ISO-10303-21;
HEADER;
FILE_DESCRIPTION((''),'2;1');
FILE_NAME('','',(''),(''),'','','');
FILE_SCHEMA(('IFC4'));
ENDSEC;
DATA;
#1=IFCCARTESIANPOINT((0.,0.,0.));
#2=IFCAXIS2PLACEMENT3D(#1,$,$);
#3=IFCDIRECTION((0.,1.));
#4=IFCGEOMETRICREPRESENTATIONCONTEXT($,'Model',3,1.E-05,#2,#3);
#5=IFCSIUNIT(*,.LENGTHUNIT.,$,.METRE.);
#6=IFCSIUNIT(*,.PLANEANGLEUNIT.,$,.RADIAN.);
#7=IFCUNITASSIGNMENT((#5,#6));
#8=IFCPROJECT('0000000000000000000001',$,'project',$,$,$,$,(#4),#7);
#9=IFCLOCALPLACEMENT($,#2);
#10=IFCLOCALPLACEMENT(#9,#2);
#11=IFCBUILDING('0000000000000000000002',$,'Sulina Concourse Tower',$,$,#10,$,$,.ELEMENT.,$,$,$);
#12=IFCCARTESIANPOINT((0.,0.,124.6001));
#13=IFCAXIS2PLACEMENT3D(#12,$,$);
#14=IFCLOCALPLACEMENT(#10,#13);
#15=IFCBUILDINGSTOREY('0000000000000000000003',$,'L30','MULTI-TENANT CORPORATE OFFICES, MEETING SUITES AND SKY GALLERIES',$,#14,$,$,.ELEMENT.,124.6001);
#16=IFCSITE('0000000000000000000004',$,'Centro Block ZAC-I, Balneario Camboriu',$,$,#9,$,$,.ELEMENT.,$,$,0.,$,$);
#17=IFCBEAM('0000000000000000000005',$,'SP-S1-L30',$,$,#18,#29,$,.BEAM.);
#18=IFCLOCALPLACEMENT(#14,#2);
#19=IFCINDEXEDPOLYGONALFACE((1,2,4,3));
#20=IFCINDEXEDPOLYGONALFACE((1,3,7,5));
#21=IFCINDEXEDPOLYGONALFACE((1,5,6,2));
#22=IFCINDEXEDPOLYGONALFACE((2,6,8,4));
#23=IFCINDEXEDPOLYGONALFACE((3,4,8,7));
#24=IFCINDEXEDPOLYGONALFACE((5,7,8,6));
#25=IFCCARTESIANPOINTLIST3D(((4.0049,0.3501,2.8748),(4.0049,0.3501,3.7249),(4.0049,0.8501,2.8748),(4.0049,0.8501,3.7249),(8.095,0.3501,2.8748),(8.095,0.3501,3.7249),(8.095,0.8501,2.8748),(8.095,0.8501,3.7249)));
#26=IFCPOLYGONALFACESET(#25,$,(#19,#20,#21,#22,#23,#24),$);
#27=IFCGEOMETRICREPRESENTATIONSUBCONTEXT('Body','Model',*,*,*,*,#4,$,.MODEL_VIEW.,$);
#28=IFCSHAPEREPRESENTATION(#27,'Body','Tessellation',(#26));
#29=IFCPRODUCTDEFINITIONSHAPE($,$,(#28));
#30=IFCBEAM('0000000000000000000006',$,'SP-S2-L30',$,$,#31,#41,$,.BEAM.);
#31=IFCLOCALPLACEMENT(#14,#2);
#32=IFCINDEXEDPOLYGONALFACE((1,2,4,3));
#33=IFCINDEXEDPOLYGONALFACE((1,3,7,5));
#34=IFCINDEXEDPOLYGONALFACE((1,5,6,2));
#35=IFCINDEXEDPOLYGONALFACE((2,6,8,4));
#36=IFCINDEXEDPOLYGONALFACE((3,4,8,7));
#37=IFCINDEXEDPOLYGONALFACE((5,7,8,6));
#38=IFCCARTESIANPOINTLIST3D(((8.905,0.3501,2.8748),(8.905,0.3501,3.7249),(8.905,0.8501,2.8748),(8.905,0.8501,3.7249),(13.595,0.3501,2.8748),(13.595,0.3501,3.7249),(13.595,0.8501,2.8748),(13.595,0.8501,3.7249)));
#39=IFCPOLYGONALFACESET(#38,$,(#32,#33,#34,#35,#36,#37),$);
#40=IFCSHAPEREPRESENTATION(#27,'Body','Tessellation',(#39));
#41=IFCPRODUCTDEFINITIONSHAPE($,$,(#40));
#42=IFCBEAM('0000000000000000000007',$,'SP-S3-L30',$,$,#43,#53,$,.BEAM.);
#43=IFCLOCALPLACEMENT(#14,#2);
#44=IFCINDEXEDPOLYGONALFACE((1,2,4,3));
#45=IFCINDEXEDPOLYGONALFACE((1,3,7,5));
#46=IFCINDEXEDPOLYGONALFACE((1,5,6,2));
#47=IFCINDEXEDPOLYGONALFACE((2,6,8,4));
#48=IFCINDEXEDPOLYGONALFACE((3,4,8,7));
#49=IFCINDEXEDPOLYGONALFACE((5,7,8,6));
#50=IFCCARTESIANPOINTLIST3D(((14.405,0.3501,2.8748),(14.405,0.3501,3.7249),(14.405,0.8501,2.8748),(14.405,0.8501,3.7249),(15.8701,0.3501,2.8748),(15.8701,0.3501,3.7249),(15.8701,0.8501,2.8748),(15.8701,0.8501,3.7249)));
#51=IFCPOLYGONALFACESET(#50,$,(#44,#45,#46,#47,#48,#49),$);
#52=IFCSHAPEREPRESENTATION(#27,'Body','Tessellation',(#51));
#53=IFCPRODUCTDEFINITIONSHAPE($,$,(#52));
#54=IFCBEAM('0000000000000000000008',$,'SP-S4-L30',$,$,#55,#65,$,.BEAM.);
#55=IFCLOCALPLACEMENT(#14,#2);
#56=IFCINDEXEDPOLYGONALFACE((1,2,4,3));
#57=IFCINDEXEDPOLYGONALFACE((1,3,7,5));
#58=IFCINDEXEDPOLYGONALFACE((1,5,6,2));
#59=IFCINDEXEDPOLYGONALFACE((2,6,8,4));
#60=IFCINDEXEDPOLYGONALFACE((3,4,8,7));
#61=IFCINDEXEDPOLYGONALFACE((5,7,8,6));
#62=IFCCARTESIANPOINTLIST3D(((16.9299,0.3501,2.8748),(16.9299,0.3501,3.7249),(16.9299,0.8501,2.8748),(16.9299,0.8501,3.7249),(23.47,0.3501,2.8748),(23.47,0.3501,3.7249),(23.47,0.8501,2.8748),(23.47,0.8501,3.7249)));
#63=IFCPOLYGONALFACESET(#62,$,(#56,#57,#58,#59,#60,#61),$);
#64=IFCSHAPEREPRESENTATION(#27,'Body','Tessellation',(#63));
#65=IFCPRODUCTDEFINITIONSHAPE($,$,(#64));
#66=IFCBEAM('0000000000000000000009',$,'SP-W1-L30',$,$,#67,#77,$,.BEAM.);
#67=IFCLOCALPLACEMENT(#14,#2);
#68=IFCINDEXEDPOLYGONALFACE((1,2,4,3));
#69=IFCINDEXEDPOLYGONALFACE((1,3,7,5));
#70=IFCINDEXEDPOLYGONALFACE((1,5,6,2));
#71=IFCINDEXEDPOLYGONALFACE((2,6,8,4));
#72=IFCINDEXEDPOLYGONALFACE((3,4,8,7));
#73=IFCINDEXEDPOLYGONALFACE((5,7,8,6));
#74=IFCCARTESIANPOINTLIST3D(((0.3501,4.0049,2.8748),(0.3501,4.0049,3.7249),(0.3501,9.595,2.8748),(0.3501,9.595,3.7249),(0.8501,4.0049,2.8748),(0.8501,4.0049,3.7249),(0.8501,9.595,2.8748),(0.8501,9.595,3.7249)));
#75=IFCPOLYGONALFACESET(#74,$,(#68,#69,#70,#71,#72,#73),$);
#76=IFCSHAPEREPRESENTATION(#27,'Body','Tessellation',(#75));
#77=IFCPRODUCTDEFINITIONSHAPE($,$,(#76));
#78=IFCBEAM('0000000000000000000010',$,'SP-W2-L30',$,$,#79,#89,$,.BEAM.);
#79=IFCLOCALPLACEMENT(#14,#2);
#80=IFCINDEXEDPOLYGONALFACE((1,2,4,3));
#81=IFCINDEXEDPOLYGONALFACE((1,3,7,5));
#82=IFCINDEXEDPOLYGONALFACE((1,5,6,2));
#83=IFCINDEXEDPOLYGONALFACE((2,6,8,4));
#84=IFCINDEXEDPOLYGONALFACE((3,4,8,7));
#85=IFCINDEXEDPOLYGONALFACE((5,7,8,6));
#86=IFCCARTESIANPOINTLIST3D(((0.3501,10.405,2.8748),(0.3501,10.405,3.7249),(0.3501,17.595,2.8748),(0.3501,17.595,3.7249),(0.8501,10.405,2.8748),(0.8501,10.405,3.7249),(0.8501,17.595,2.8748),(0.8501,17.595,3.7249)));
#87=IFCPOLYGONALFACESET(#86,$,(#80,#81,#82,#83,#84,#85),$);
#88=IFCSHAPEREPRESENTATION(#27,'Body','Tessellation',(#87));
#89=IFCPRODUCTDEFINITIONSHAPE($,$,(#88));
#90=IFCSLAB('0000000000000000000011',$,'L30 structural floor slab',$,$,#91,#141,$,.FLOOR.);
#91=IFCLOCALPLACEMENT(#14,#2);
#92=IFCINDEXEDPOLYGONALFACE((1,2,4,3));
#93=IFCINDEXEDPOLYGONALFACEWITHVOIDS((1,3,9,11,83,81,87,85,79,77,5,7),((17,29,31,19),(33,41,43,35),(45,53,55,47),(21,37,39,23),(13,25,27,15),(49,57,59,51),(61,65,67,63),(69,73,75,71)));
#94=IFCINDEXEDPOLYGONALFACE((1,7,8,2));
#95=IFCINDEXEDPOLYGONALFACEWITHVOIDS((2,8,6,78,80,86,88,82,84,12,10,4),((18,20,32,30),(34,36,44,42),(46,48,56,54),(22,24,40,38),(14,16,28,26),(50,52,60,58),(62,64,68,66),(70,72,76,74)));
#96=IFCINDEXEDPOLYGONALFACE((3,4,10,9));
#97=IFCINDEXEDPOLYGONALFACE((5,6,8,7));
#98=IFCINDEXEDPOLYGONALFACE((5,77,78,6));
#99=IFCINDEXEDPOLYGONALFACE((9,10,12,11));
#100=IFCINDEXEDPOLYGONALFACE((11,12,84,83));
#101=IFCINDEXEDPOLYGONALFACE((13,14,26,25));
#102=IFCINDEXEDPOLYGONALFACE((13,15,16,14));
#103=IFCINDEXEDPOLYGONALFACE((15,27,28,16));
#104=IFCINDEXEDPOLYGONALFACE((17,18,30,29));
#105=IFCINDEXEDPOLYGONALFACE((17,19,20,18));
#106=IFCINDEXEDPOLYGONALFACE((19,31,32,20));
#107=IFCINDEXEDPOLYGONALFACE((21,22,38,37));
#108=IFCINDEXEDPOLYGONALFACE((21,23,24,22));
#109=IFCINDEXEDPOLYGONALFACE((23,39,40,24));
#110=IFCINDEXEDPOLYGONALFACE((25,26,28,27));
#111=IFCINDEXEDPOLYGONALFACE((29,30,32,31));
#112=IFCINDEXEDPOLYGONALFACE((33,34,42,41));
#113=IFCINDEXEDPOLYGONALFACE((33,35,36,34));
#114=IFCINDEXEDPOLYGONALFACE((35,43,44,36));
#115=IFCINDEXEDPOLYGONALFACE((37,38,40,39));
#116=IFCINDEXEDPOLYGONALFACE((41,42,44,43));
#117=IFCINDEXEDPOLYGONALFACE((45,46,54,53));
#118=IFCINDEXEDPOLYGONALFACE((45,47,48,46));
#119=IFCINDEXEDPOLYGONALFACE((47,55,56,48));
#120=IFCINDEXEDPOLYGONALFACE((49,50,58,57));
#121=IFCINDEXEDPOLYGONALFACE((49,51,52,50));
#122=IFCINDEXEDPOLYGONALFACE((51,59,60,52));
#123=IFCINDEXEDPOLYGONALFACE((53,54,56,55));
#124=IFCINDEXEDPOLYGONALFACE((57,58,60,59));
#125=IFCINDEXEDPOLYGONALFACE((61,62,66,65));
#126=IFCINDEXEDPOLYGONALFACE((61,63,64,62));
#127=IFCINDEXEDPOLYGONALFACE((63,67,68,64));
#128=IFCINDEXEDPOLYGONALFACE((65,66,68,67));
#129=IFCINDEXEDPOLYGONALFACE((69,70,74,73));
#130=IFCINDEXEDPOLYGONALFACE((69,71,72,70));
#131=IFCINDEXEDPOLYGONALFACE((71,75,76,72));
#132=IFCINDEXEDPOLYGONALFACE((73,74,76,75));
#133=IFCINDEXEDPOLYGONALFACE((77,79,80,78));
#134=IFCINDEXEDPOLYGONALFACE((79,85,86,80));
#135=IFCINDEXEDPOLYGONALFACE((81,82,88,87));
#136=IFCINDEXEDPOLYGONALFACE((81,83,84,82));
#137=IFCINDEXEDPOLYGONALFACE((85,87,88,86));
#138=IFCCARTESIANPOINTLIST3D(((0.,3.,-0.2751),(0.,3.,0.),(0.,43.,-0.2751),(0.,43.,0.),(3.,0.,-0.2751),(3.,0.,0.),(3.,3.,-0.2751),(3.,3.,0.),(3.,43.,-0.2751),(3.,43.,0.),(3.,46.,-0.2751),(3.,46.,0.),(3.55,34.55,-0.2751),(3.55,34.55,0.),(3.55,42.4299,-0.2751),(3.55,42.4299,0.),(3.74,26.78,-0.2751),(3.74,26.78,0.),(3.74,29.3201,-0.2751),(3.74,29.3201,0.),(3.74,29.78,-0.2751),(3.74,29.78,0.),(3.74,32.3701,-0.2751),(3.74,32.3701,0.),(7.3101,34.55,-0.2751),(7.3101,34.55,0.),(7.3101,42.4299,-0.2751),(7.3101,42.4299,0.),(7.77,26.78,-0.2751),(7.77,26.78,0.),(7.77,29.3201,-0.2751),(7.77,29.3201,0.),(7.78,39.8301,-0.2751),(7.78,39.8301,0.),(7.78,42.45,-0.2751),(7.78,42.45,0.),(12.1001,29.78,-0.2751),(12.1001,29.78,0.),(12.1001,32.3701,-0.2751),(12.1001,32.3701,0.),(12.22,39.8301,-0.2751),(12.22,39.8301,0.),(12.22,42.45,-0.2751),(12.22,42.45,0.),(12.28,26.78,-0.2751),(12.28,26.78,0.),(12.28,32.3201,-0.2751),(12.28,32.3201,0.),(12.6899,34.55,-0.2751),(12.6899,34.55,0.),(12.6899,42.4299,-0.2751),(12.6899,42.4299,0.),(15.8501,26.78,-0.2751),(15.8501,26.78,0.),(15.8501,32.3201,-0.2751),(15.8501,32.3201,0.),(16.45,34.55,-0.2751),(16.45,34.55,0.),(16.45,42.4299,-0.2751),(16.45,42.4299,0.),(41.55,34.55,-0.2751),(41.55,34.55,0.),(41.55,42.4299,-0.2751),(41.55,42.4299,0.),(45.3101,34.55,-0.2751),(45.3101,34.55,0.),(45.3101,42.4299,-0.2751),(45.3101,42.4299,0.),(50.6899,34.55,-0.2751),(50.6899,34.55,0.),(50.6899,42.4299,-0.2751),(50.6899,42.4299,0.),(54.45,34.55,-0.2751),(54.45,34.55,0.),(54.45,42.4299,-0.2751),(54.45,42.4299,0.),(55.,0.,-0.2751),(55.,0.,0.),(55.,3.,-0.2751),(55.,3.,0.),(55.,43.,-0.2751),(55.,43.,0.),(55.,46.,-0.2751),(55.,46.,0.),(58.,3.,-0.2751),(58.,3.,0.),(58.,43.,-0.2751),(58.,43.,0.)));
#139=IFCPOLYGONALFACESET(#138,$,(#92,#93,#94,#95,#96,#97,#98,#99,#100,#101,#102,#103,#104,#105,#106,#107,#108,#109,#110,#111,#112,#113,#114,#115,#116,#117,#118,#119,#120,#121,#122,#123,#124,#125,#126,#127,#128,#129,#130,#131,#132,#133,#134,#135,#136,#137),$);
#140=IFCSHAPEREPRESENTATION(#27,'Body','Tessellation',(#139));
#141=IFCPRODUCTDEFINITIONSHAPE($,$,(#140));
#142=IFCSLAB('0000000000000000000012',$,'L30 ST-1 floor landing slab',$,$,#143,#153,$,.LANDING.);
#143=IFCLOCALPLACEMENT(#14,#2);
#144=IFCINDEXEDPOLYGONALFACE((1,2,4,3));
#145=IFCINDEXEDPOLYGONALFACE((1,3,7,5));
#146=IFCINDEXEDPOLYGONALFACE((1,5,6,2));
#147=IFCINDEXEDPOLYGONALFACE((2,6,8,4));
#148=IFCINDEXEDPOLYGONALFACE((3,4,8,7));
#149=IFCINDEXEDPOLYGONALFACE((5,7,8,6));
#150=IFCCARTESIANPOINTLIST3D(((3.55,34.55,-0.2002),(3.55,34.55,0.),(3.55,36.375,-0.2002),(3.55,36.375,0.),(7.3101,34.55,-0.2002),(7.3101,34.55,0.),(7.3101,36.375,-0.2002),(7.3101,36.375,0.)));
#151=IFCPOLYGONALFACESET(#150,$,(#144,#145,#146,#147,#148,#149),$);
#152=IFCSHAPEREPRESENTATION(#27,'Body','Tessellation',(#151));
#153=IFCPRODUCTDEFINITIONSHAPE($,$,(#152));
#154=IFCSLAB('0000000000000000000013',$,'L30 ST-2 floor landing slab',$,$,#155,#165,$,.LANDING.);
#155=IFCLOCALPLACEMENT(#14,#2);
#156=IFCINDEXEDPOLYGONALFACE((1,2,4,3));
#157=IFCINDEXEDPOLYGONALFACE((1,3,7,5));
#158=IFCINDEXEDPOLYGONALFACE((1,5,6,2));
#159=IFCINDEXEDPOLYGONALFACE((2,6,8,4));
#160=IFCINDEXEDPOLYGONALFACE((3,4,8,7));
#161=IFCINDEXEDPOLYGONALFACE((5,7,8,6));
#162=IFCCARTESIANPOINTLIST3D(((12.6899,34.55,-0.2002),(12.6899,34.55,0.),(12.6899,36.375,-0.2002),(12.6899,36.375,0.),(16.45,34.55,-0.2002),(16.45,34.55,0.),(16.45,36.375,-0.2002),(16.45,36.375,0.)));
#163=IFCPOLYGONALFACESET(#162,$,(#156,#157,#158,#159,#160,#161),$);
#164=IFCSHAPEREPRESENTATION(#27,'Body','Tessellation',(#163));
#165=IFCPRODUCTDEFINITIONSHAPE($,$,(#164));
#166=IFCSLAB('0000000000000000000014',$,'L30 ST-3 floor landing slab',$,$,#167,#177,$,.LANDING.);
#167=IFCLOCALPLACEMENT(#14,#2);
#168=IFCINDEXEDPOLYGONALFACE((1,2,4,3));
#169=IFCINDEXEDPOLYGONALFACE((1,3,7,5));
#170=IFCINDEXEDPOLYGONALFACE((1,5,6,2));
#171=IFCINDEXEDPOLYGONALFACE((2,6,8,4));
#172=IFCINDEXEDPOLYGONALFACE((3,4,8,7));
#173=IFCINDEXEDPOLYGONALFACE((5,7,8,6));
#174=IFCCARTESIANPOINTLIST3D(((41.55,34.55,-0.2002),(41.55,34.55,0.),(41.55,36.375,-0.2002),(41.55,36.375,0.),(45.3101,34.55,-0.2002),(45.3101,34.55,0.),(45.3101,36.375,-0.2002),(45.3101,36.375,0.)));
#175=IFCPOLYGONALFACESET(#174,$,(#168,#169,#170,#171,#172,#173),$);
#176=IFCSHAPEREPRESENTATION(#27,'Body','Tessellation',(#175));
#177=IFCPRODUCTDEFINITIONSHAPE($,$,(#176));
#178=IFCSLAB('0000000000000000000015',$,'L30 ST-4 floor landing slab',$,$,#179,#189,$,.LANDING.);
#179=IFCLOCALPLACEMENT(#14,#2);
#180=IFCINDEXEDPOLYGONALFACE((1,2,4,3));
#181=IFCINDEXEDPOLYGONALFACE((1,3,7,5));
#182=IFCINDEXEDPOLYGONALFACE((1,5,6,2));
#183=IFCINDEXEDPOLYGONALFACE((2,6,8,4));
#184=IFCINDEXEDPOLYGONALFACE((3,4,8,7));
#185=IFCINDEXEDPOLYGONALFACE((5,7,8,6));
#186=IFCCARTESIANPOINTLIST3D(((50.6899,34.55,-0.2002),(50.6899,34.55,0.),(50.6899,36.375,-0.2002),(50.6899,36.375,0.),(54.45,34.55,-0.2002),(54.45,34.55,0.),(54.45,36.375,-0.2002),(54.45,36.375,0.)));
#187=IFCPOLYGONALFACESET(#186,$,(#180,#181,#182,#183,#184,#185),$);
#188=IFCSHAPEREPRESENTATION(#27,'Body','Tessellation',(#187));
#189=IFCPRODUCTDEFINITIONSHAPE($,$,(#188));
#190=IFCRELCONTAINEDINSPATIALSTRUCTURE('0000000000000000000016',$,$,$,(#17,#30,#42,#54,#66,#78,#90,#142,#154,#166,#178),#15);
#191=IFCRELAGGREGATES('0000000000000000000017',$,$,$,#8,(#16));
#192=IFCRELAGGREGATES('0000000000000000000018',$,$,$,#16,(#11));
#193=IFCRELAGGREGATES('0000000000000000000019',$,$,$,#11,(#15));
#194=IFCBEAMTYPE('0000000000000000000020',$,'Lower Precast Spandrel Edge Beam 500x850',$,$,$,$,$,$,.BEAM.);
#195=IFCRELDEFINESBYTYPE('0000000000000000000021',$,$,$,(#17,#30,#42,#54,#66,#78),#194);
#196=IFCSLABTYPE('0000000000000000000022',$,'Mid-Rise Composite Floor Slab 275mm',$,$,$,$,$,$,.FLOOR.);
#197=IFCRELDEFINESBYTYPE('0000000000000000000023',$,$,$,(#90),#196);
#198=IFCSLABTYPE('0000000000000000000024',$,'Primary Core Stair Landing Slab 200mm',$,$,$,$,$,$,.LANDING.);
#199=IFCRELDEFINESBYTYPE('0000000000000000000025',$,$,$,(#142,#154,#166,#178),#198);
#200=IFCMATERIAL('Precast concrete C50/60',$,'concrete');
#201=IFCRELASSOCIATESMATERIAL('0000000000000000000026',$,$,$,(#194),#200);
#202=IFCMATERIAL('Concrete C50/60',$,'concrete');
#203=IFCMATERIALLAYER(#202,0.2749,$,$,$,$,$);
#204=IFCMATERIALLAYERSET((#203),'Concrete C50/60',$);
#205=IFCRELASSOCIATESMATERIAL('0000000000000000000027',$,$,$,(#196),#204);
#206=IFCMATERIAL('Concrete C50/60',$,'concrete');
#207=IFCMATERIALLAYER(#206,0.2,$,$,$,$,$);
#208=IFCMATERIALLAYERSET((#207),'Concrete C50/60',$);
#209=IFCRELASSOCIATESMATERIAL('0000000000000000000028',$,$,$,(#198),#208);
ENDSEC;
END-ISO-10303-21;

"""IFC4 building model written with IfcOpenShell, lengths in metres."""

from ifc_helpers import new_model, si_unit, direction, frame, origin, origin_2d, place, context, subcontext, project, spatial, polyline, rectangle, outline, extrude, material, layer, layer_set, material_profile, profile_set, type_object, element, save


model = new_model("IFC4")

# Units and contexts
model_context = context("Model", 3, precision=1e-05, world=origin(), true_north=direction((0.0, 1.0)))
body_context = subcontext(model_context, "Body", "Model", "MODEL_VIEW")
ifc_project = project(units=[si_unit("LENGTHUNIT", "METRE"), si_unit("PLANEANGLEUNIT", "RADIAN")], contexts=[model_context])

# Site, building, storey
site_placement = place(None, origin())
site = spatial("IfcSite", under=ifc_project, at=site_placement, Name="Centro Block ZAC-I, Balneario Camboriu", CompositionType="ELEMENT", RefElevation=0.0)
building_placement = place(site_placement, origin())
building = spatial("IfcBuilding", under=site, at=building_placement, Name="Sulina Concourse Tower", CompositionType="ELEMENT")
storey_placement = place(building_placement, frame((0.0, 0.0, 124.6001)))
storey = spatial("IfcBuildingStorey", under=building, at=storey_placement, Name="L30", Description="MULTI-TENANT CORPORATE OFFICES, MEETING SUITES AND SKY GALLERIES", CompositionType="ELEMENT", Elevation=124.6001)

# Beams
ifc_material_1 = material(Name="Precast concrete C50/60", Category="concrete")
ifc_material_profile_1 = material_profile(ifc_material_1, rectangle(XDim=0.5, YDim=0.8501, at=origin_2d()), Name="RC 500x850")
ifc_profile_set_1 = profile_set([ifc_material_profile_1], Name="Precast concrete C50/60")
beam_type_1 = type_object("IfcBeamType", Name="Lower Precast Spandrel Edge Beam 500x850", PredefinedType="BEAM", material=ifc_profile_set_1)
beam_1_placement = place(storey_placement, frame((4.0049, 0.6001, 3.2998), z_axis=(1.0, 0.0, 0.0), x_axis=(0.0, 1.0, 0.0)))
element("IfcBeam", 1, at=beam_1_placement, inside=storey, type_object=beam_type_1, Name="SP-S1-L30", PredefinedType="BEAM", context=body_context, shape_type="SweptSolid", body=[
    extrude(rectangle(XDim=0.5, YDim=0.8501, at=origin_2d()), origin(), (0.0, 0.0, 1.0), 4.0901),
])
beam_2_placement = place(storey_placement, frame((8.905, 0.6001, 3.2998), z_axis=(1.0, 0.0, 0.0), x_axis=(0.0, 1.0, 0.0)))
element("IfcBeam", 2, at=beam_2_placement, inside=storey, type_object=beam_type_1, Name="SP-S2-L30", PredefinedType="BEAM", context=body_context, shape_type="SweptSolid", body=[
    extrude(rectangle(XDim=0.5, YDim=0.8501, at=origin_2d()), origin(), (0.0, 0.0, 1.0), 4.6899),
])
beam_3_placement = place(storey_placement, frame((14.405, 0.6001, 3.2998), z_axis=(1.0, 0.0, 0.0), x_axis=(0.0, 1.0, 0.0)))
element("IfcBeam", 3, at=beam_3_placement, inside=storey, type_object=beam_type_1, Name="SP-S3-L30", PredefinedType="BEAM", context=body_context, shape_type="SweptSolid", body=[
    extrude(rectangle(XDim=0.5, YDim=0.8501, at=origin_2d()), origin(), (0.0, 0.0, 1.0), 1.4651),
])
beam_4_placement = place(storey_placement, frame((16.9299, 0.6001, 3.2998), z_axis=(1.0, 0.0, 0.0), x_axis=(0.0, 1.0, 0.0)))
element("IfcBeam", 4, at=beam_4_placement, inside=storey, type_object=beam_type_1, Name="SP-S4-L30", PredefinedType="BEAM", context=body_context, shape_type="SweptSolid", body=[
    extrude(rectangle(XDim=0.5, YDim=0.8501, at=origin_2d()), origin(), (0.0, 0.0, 1.0), 6.54),
])
beam_5_placement = place(storey_placement, frame((0.6001, 4.0049, 3.2998), z_axis=(0.0, 1.0, 0.0), x_axis=(-1.0, 0.0, 0.0)))
element("IfcBeam", 5, at=beam_5_placement, inside=storey, type_object=beam_type_1, Name="SP-W1-L30", PredefinedType="BEAM", context=body_context, shape_type="SweptSolid", body=[
    extrude(rectangle(XDim=0.5, YDim=0.8501, at=origin_2d()), origin(), (0.0, 0.0, 1.0), 5.5901),
])
beam_6_placement = place(storey_placement, frame((0.6001, 10.405, 3.2998), z_axis=(0.0, 1.0, 0.0), x_axis=(-1.0, 0.0, 0.0)))
element("IfcBeam", 6, at=beam_6_placement, inside=storey, type_object=beam_type_1, Name="SP-W2-L30", PredefinedType="BEAM", context=body_context, shape_type="SweptSolid", body=[
    extrude(rectangle(XDim=0.5, YDim=0.8501, at=origin_2d()), origin(), (0.0, 0.0, 1.0), 7.1899),
])

# Slabs
ifc_material_2 = material(Name="Concrete C50/60", Category="concrete")
ifc_layer_1 = layer(ifc_material_2, 0.2749)
ifc_layer_set_1 = layer_set([ifc_layer_1], Name="Concrete C50/60")
slab_type_1 = type_object("IfcSlabType", Name="Mid-Rise Composite Floor Slab 275mm", PredefinedType="FLOOR", material=ifc_layer_set_1)
slab_1_placement = place(storey_placement, frame((0.0, 0.0, -0.2751)))
element("IfcSlab", 7, at=slab_1_placement, inside=storey, type_object=slab_type_1, Name="L30 structural floor slab", PredefinedType="FLOOR", context=body_context, shape_type="SweptSolid", body=[
    extrude(outline(polyline([(3.0, 0.0), (55.0, 0.0), (55.0, 3.0), (58.0, 3.0), (58.0, 43.0), (55.0, 43.0), (55.0, 46.0), (3.0, 46.0), (3.0, 43.0), (0.0, 43.0), (0.0, 3.0), (3.0, 3.0), (3.0, 0.0)]), holes=[polyline([(7.3101, 34.55), (7.3101, 42.4299), (3.55, 42.4299), (3.55, 34.55), (7.3101, 34.55)]), polyline([(16.45, 34.55), (16.45, 42.4299), (12.6899, 42.4299), (12.6899, 34.55), (16.45, 34.55)]), polyline([(45.3101, 34.55), (45.3101, 42.4299), (41.55, 42.4299), (41.55, 34.55), (45.3101, 34.55)]), polyline([(54.45, 34.55), (54.45, 42.4299), (50.6899, 42.4299), (50.6899, 34.55), (54.45, 34.55)]), polyline([(7.78, 39.8301), (12.22, 39.8301), (12.22, 42.45), (7.78, 42.45), (7.78, 39.8301)]), polyline([(3.74, 26.78), (7.77, 26.78), (7.77, 29.3201), (3.74, 29.3201), (3.74, 26.78)]), polyline([(3.74, 29.78), (12.1001, 29.78), (12.1001, 32.3701), (3.74, 32.3701), (3.74, 29.78)]), polyline([(12.28, 26.78), (15.8501, 26.78), (15.8501, 32.3201), (12.28, 32.3201), (12.28, 26.78)])]), origin(), (0.0, 0.0, 1.0), 0.2751),
])
ifc_material_3 = material(Name="Concrete C50/60", Category="concrete")
ifc_layer_2 = layer(ifc_material_3, 0.2)
ifc_layer_set_2 = layer_set([ifc_layer_2], Name="Concrete C50/60")
slab_type_2 = type_object("IfcSlabType", Name="Primary Core Stair Landing Slab 200mm", PredefinedType="LANDING", material=ifc_layer_set_2)
slab_2_placement = place(storey_placement, frame((0.0, 0.0, -0.2002)))
element("IfcSlab", 8, at=slab_2_placement, inside=storey, type_object=slab_type_2, Name="L30 ST-1 floor landing slab", PredefinedType="LANDING", context=body_context, shape_type="SweptSolid", body=[
    extrude(outline(polyline([(7.3101, 34.55), (7.3101, 36.375), (3.55, 36.375), (3.55, 34.55), (7.3101, 34.55)])), origin(), (0.0, 0.0, 1.0), 0.2002),
])
slab_3_placement = place(storey_placement, frame((0.0, 0.0, -0.2002)))
element("IfcSlab", 9, at=slab_3_placement, inside=storey, type_object=slab_type_2, Name="L30 ST-2 floor landing slab", PredefinedType="LANDING", context=body_context, shape_type="SweptSolid", body=[
    extrude(outline(polyline([(16.45, 34.55), (16.45, 36.375), (12.6899, 36.375), (12.6899, 34.55), (16.45, 34.55)])), origin(), (0.0, 0.0, 1.0), 0.2002),
])
slab_4_placement = place(storey_placement, frame((0.0, 0.0, -0.2002)))
element("IfcSlab", 10, at=slab_4_placement, inside=storey, type_object=slab_type_2, Name="L30 ST-3 floor landing slab", PredefinedType="LANDING", context=body_context, shape_type="SweptSolid", body=[
    extrude(outline(polyline([(45.3101, 34.55), (45.3101, 36.375), (41.55, 36.375), (41.55, 34.55), (45.3101, 34.55)])), origin(), (0.0, 0.0, 1.0), 0.2002),
])
slab_5_placement = place(storey_placement, frame((0.0, 0.0, -0.2002)))
element("IfcSlab", 11, at=slab_5_placement, inside=storey, type_object=slab_type_2, Name="L30 ST-4 floor landing slab", PredefinedType="LANDING", context=body_context, shape_type="SweptSolid", body=[
    extrude(outline(polyline([(54.45, 34.55), (54.45, 36.375), (50.6899, 36.375), (50.6899, 34.55), (54.45, 34.55)])), origin(), (0.0, 0.0, 1.0), 0.2002),
])

save(model, "model.ifc")
